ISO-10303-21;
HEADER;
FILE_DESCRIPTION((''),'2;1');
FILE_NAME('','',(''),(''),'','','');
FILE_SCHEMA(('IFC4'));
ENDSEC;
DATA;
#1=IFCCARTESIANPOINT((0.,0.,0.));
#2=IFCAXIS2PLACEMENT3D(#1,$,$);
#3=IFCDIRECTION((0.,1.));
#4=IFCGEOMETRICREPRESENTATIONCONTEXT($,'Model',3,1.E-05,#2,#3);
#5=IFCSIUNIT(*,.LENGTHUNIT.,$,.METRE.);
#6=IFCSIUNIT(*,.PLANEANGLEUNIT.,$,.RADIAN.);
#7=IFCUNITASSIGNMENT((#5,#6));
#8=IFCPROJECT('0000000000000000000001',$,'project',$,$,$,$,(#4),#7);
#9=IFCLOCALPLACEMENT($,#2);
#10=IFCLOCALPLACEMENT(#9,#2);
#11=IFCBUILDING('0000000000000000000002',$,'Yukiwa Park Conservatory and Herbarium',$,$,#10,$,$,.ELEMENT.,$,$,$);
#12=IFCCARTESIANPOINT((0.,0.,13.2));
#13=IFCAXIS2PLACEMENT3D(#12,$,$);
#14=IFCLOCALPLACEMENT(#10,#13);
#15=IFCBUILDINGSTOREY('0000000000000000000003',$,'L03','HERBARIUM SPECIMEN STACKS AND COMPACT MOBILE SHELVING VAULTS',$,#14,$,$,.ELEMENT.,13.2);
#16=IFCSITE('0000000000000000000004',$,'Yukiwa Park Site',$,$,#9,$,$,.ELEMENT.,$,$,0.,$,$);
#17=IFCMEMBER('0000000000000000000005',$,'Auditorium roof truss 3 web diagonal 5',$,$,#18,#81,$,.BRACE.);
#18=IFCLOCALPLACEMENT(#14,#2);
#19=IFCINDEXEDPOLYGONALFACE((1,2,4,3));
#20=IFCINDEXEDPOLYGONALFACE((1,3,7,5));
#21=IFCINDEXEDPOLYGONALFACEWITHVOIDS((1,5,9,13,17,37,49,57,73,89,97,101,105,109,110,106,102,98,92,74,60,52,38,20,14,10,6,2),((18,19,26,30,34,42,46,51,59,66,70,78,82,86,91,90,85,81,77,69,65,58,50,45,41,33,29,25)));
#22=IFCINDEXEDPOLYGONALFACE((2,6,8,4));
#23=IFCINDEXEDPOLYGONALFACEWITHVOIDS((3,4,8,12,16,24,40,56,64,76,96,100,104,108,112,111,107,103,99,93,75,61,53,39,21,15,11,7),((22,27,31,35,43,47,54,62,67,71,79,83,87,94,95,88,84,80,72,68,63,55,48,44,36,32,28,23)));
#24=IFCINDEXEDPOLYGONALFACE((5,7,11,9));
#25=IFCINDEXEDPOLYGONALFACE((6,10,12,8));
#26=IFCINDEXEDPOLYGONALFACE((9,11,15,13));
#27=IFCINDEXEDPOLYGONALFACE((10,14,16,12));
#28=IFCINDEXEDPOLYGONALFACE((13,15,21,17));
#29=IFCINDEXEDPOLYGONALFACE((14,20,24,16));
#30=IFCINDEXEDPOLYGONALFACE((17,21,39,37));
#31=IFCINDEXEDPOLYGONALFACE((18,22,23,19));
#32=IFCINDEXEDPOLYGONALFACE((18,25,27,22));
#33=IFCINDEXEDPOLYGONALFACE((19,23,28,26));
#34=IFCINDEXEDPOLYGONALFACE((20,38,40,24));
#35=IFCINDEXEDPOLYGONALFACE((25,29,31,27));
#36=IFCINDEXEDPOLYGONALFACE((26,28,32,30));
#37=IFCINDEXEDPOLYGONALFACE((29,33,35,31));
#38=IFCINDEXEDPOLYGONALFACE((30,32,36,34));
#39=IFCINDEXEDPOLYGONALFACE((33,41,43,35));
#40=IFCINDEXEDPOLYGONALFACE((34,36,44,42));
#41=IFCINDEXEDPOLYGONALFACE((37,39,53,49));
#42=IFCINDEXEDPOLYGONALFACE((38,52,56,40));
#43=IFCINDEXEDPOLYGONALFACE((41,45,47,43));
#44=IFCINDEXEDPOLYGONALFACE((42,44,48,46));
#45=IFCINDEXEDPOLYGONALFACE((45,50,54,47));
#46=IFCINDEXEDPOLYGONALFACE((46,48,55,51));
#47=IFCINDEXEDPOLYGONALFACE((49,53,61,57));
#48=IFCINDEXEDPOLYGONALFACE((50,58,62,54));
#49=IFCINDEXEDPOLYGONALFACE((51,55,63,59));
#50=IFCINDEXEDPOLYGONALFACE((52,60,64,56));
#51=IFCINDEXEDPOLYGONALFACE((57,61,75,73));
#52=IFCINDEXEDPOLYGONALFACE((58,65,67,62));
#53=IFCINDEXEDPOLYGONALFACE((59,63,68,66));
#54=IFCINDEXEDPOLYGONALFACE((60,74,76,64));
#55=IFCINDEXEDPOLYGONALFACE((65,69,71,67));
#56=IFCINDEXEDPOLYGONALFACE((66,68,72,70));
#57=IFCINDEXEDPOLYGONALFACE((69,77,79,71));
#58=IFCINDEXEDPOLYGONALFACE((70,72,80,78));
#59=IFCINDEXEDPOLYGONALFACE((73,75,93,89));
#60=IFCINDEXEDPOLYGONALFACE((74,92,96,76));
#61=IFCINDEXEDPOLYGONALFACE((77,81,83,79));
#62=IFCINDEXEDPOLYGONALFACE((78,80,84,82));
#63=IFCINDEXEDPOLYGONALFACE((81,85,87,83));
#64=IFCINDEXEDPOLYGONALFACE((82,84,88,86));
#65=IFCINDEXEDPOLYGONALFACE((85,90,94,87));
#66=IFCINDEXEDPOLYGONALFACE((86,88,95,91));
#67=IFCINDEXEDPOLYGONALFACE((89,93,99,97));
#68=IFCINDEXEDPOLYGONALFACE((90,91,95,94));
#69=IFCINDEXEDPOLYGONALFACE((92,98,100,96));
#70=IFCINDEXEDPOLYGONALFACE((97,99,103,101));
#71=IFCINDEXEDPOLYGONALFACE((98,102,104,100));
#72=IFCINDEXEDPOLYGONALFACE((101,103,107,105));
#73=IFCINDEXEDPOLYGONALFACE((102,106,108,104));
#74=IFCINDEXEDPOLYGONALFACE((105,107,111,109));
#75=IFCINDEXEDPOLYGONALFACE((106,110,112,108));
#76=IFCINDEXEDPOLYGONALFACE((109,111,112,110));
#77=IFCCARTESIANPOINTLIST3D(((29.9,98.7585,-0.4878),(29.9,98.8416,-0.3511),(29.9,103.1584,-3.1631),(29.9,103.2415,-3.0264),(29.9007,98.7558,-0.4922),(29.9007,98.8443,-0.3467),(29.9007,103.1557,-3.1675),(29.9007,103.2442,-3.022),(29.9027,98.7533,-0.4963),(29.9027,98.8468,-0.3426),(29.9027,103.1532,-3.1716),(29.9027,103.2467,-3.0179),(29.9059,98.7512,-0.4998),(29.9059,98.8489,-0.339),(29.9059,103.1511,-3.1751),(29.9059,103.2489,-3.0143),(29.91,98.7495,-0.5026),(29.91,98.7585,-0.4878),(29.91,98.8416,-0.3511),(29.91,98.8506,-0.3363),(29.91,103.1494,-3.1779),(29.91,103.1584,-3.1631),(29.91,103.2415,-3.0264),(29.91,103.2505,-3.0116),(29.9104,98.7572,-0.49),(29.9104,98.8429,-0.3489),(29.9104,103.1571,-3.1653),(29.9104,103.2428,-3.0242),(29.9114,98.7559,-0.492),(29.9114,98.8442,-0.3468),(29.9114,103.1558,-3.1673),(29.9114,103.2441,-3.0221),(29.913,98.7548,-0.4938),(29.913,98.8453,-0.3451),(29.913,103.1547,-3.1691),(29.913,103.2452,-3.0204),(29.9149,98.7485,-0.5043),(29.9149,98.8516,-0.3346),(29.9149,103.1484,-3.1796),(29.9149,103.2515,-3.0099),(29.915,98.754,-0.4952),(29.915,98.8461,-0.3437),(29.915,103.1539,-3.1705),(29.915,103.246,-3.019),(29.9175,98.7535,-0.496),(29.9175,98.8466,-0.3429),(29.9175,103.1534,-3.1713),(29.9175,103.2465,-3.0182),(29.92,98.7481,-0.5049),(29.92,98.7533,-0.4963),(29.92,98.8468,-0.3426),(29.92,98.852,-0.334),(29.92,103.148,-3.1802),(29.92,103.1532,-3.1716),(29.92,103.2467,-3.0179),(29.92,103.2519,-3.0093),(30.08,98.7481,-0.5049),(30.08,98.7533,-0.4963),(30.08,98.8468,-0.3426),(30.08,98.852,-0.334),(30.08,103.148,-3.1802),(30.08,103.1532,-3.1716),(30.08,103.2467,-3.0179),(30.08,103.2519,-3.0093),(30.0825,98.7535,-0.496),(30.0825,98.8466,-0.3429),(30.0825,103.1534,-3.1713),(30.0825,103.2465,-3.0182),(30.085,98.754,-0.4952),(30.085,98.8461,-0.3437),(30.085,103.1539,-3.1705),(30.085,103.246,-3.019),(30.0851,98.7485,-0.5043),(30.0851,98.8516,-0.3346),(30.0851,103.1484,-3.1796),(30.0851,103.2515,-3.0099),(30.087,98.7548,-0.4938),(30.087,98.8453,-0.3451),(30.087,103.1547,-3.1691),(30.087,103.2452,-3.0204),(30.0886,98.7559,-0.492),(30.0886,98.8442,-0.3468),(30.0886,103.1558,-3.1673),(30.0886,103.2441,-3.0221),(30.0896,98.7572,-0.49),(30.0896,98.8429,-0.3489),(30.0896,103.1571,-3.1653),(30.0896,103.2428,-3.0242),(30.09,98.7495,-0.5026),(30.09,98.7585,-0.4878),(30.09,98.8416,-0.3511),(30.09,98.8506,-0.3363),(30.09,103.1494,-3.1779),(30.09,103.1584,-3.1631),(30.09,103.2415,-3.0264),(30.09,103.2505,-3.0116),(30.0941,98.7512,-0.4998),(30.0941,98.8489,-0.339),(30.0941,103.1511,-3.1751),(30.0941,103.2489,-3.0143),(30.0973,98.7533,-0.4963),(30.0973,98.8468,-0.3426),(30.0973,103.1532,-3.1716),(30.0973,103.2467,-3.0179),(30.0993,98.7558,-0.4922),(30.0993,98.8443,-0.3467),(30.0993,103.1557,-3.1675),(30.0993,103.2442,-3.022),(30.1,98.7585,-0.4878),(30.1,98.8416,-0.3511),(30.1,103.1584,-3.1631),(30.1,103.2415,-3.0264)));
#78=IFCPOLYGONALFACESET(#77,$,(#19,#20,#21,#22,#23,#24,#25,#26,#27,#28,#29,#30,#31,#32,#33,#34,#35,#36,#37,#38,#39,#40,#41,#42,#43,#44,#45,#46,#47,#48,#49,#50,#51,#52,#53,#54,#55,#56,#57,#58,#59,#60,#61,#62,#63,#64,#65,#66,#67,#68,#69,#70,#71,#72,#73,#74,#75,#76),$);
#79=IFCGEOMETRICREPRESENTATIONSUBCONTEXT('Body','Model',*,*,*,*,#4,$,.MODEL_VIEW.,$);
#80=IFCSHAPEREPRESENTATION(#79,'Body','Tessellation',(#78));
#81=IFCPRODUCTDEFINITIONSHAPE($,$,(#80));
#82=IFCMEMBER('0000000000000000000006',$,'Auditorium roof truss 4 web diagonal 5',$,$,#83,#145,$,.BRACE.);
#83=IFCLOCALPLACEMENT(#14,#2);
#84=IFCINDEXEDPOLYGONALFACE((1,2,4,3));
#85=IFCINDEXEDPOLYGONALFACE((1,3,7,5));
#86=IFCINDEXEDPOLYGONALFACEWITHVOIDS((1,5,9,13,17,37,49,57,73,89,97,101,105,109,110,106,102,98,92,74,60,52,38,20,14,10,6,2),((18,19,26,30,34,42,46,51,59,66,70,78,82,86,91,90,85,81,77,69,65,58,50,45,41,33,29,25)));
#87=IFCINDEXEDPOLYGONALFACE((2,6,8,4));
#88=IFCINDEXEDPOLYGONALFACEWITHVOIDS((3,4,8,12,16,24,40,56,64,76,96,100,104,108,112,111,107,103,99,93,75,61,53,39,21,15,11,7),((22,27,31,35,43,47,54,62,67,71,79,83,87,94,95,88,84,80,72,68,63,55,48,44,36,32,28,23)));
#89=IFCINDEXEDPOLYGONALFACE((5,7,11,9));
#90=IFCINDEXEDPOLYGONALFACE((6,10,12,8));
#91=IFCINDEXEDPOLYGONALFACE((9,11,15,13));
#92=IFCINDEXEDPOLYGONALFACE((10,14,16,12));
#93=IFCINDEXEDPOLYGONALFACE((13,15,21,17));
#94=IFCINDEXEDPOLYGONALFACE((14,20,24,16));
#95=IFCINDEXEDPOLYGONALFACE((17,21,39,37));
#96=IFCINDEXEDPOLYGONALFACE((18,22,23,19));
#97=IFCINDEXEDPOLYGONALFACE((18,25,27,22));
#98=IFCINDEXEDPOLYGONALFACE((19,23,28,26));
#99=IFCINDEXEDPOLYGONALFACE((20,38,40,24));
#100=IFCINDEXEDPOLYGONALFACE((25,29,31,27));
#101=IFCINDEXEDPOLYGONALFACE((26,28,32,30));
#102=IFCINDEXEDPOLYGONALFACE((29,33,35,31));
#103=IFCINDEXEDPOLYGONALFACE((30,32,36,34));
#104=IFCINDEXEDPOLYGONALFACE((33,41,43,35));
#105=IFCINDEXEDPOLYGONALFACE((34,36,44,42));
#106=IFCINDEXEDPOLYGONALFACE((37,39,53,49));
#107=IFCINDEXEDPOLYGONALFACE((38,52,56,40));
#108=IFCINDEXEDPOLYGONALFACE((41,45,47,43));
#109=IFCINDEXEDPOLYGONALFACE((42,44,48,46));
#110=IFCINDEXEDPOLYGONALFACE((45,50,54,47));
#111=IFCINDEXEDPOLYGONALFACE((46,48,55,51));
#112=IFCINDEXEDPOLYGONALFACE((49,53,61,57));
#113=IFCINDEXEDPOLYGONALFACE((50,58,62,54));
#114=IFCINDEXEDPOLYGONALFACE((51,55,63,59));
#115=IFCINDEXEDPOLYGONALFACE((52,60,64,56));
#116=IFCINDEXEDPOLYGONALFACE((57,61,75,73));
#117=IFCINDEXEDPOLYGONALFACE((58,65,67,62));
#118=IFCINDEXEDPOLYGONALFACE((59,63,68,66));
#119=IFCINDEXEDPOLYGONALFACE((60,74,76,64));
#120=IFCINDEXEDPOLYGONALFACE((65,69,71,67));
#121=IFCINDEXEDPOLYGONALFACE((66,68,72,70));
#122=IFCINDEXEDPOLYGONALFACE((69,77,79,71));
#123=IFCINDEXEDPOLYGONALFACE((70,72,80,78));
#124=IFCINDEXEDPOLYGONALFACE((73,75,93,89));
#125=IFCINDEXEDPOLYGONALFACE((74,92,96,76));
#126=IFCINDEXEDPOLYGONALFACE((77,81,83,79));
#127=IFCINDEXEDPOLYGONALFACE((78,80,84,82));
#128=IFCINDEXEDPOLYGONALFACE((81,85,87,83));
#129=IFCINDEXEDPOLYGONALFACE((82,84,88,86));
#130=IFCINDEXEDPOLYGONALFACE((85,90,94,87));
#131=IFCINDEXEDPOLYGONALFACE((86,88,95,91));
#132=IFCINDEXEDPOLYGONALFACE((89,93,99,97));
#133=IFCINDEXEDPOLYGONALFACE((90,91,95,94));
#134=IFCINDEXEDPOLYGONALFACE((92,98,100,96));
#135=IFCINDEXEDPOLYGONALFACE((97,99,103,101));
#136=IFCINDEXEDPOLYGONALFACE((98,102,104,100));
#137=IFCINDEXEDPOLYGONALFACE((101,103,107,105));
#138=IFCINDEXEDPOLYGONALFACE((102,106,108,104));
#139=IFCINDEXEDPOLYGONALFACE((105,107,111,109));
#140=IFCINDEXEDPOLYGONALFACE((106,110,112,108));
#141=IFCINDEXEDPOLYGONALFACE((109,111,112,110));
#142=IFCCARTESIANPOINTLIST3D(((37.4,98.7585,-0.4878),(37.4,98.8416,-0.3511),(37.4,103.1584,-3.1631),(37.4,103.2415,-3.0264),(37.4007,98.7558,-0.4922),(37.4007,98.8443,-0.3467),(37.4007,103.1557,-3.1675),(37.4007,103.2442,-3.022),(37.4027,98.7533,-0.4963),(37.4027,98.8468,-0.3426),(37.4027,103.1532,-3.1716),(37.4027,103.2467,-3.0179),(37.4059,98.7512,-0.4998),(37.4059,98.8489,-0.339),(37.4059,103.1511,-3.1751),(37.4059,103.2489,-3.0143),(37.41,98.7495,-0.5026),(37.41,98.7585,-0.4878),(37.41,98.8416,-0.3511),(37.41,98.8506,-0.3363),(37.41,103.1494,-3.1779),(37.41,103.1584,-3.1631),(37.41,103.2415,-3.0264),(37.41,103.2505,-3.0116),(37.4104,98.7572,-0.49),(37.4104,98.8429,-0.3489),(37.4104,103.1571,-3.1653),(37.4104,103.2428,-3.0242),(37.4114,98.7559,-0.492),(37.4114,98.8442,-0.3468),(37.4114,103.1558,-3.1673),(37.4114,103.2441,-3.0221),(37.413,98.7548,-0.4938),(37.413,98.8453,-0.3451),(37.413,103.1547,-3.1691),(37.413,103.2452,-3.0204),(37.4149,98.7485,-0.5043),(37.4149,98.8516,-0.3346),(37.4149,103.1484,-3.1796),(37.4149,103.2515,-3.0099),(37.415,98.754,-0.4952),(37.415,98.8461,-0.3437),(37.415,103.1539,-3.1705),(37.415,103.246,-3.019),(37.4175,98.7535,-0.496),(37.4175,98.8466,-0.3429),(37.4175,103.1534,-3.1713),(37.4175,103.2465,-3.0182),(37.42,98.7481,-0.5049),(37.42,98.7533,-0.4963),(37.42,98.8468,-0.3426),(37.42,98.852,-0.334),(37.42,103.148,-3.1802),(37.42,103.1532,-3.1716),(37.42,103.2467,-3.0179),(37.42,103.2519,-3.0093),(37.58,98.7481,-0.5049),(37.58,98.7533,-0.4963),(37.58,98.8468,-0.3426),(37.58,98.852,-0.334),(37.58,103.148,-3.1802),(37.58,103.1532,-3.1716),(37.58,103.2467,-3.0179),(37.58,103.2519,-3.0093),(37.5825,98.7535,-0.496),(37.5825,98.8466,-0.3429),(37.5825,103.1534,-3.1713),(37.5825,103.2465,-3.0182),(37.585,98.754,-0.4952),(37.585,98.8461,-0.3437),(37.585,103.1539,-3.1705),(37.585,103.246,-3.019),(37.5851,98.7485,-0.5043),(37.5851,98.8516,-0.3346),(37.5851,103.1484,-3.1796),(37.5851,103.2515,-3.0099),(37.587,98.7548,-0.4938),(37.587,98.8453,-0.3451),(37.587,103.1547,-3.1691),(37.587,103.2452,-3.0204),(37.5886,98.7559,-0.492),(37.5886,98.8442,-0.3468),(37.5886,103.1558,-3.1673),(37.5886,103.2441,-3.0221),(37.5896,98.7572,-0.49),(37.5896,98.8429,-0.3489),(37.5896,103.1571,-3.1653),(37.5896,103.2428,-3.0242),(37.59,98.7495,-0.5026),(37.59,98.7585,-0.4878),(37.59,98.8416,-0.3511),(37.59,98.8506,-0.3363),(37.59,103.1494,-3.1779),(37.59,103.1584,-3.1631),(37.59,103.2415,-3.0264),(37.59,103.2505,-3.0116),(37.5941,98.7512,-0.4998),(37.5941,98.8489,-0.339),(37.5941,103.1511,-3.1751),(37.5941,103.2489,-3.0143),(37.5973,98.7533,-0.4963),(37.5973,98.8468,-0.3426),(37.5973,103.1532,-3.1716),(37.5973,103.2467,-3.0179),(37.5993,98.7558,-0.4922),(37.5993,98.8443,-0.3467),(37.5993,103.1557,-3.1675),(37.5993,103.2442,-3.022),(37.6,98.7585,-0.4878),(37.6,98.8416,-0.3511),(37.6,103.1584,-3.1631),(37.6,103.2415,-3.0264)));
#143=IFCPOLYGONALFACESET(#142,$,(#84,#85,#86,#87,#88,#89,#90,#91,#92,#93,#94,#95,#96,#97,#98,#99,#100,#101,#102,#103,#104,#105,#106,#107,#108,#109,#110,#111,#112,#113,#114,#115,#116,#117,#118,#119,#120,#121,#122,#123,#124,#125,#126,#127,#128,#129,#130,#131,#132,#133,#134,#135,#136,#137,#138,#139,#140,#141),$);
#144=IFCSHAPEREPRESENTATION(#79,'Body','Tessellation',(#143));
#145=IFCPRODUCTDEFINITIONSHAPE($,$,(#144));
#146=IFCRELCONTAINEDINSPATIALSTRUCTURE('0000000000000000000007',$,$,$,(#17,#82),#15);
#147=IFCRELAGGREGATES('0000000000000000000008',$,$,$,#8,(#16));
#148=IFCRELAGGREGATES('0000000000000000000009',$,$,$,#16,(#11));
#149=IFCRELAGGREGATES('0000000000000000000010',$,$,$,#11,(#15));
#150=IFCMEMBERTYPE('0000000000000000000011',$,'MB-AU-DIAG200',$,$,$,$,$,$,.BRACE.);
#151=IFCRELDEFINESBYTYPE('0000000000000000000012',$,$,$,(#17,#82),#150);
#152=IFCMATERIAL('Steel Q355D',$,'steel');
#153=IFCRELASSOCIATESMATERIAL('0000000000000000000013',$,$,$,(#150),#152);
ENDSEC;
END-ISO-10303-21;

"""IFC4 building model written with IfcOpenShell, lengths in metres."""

from ifc_helpers import new_model, si_unit, direction, frame, origin, origin_2d, place, context, subcontext, project, spatial, hollow_rectangle, extrude, material, material_profile, profile_set, type_object, element, save


model = new_model("IFC4")

# Units and contexts
model_context = context("Model", 3, precision=1e-05, world=origin(), true_north=direction((0.0, 1.0)))
body_context = subcontext(model_context, "Body", "Model", "MODEL_VIEW")
ifc_project = project(units=[si_unit("LENGTHUNIT", "METRE"), si_unit("PLANEANGLEUNIT", "RADIAN")], contexts=[model_context])

# Site, building, storey
site_placement = place(None, origin())
site = spatial("IfcSite", under=ifc_project, at=site_placement, Name="Yukiwa Park Site", CompositionType="ELEMENT", RefElevation=0.0)
building_placement = place(site_placement, origin())
building = spatial("IfcBuilding", under=site, at=building_placement, Name="Yukiwa Park Conservatory and Herbarium", CompositionType="ELEMENT")
storey_placement = place(building_placement, frame((0.0, 0.0, 13.2)))
storey = spatial("IfcBuildingStorey", under=building, at=storey_placement, Name="L03", Description="HERBARIUM SPECIMEN STACKS AND COMPACT MOBILE SHELVING VAULTS", CompositionType="ELEMENT", Elevation=13.2)

# Members
ifc_material_1 = material(Name="Steel Q355D", Category="steel")
ifc_material_profile_1 = material_profile(ifc_material_1, hollow_rectangle(XDim=0.2, YDim=0.2, WallThickness=0.01, InnerFilletRadius=0.01, OuterFilletRadius=0.02, at=origin_2d()), Name="SHS 200x200x10")
ifc_profile_set_1 = profile_set([ifc_material_profile_1], Name="Steel Q355D")
member_type_1 = type_object("IfcMemberType", Name="MB-AU-DIAG200", PredefinedType="BRACE", material=ifc_profile_set_1)
for number, where, z_axis, x_axis, name in (
    (1, (30.0, 98.8, -0.4194), (0.0, 0.854449, -0.519535), (-1.0, 0.0, 0.0), "Auditorium roof truss 3 web diagonal 5"),
    (2, (37.5, 98.8, -0.4194), (0.0, 0.854449, -0.519535), (-1.0, 0.0, 0.0), "Auditorium roof truss 4 web diagonal 5"),
):
    element("IfcMember", number, at=place(storey_placement, frame(where, z_axis=z_axis, x_axis=x_axis)), inside=storey, type_object=member_type_1, Name=name, PredefinedType="BRACE", context=body_context, shape_type="SweptSolid", body=[
        extrude(hollow_rectangle(XDim=0.2, YDim=0.2, WallThickness=0.01, InnerFilletRadius=0.01, OuterFilletRadius=0.02, at=origin_2d()), origin(), (0.0, 0.0, 1.0), 5.1494),
    ])

save(model, "model.ifc")
